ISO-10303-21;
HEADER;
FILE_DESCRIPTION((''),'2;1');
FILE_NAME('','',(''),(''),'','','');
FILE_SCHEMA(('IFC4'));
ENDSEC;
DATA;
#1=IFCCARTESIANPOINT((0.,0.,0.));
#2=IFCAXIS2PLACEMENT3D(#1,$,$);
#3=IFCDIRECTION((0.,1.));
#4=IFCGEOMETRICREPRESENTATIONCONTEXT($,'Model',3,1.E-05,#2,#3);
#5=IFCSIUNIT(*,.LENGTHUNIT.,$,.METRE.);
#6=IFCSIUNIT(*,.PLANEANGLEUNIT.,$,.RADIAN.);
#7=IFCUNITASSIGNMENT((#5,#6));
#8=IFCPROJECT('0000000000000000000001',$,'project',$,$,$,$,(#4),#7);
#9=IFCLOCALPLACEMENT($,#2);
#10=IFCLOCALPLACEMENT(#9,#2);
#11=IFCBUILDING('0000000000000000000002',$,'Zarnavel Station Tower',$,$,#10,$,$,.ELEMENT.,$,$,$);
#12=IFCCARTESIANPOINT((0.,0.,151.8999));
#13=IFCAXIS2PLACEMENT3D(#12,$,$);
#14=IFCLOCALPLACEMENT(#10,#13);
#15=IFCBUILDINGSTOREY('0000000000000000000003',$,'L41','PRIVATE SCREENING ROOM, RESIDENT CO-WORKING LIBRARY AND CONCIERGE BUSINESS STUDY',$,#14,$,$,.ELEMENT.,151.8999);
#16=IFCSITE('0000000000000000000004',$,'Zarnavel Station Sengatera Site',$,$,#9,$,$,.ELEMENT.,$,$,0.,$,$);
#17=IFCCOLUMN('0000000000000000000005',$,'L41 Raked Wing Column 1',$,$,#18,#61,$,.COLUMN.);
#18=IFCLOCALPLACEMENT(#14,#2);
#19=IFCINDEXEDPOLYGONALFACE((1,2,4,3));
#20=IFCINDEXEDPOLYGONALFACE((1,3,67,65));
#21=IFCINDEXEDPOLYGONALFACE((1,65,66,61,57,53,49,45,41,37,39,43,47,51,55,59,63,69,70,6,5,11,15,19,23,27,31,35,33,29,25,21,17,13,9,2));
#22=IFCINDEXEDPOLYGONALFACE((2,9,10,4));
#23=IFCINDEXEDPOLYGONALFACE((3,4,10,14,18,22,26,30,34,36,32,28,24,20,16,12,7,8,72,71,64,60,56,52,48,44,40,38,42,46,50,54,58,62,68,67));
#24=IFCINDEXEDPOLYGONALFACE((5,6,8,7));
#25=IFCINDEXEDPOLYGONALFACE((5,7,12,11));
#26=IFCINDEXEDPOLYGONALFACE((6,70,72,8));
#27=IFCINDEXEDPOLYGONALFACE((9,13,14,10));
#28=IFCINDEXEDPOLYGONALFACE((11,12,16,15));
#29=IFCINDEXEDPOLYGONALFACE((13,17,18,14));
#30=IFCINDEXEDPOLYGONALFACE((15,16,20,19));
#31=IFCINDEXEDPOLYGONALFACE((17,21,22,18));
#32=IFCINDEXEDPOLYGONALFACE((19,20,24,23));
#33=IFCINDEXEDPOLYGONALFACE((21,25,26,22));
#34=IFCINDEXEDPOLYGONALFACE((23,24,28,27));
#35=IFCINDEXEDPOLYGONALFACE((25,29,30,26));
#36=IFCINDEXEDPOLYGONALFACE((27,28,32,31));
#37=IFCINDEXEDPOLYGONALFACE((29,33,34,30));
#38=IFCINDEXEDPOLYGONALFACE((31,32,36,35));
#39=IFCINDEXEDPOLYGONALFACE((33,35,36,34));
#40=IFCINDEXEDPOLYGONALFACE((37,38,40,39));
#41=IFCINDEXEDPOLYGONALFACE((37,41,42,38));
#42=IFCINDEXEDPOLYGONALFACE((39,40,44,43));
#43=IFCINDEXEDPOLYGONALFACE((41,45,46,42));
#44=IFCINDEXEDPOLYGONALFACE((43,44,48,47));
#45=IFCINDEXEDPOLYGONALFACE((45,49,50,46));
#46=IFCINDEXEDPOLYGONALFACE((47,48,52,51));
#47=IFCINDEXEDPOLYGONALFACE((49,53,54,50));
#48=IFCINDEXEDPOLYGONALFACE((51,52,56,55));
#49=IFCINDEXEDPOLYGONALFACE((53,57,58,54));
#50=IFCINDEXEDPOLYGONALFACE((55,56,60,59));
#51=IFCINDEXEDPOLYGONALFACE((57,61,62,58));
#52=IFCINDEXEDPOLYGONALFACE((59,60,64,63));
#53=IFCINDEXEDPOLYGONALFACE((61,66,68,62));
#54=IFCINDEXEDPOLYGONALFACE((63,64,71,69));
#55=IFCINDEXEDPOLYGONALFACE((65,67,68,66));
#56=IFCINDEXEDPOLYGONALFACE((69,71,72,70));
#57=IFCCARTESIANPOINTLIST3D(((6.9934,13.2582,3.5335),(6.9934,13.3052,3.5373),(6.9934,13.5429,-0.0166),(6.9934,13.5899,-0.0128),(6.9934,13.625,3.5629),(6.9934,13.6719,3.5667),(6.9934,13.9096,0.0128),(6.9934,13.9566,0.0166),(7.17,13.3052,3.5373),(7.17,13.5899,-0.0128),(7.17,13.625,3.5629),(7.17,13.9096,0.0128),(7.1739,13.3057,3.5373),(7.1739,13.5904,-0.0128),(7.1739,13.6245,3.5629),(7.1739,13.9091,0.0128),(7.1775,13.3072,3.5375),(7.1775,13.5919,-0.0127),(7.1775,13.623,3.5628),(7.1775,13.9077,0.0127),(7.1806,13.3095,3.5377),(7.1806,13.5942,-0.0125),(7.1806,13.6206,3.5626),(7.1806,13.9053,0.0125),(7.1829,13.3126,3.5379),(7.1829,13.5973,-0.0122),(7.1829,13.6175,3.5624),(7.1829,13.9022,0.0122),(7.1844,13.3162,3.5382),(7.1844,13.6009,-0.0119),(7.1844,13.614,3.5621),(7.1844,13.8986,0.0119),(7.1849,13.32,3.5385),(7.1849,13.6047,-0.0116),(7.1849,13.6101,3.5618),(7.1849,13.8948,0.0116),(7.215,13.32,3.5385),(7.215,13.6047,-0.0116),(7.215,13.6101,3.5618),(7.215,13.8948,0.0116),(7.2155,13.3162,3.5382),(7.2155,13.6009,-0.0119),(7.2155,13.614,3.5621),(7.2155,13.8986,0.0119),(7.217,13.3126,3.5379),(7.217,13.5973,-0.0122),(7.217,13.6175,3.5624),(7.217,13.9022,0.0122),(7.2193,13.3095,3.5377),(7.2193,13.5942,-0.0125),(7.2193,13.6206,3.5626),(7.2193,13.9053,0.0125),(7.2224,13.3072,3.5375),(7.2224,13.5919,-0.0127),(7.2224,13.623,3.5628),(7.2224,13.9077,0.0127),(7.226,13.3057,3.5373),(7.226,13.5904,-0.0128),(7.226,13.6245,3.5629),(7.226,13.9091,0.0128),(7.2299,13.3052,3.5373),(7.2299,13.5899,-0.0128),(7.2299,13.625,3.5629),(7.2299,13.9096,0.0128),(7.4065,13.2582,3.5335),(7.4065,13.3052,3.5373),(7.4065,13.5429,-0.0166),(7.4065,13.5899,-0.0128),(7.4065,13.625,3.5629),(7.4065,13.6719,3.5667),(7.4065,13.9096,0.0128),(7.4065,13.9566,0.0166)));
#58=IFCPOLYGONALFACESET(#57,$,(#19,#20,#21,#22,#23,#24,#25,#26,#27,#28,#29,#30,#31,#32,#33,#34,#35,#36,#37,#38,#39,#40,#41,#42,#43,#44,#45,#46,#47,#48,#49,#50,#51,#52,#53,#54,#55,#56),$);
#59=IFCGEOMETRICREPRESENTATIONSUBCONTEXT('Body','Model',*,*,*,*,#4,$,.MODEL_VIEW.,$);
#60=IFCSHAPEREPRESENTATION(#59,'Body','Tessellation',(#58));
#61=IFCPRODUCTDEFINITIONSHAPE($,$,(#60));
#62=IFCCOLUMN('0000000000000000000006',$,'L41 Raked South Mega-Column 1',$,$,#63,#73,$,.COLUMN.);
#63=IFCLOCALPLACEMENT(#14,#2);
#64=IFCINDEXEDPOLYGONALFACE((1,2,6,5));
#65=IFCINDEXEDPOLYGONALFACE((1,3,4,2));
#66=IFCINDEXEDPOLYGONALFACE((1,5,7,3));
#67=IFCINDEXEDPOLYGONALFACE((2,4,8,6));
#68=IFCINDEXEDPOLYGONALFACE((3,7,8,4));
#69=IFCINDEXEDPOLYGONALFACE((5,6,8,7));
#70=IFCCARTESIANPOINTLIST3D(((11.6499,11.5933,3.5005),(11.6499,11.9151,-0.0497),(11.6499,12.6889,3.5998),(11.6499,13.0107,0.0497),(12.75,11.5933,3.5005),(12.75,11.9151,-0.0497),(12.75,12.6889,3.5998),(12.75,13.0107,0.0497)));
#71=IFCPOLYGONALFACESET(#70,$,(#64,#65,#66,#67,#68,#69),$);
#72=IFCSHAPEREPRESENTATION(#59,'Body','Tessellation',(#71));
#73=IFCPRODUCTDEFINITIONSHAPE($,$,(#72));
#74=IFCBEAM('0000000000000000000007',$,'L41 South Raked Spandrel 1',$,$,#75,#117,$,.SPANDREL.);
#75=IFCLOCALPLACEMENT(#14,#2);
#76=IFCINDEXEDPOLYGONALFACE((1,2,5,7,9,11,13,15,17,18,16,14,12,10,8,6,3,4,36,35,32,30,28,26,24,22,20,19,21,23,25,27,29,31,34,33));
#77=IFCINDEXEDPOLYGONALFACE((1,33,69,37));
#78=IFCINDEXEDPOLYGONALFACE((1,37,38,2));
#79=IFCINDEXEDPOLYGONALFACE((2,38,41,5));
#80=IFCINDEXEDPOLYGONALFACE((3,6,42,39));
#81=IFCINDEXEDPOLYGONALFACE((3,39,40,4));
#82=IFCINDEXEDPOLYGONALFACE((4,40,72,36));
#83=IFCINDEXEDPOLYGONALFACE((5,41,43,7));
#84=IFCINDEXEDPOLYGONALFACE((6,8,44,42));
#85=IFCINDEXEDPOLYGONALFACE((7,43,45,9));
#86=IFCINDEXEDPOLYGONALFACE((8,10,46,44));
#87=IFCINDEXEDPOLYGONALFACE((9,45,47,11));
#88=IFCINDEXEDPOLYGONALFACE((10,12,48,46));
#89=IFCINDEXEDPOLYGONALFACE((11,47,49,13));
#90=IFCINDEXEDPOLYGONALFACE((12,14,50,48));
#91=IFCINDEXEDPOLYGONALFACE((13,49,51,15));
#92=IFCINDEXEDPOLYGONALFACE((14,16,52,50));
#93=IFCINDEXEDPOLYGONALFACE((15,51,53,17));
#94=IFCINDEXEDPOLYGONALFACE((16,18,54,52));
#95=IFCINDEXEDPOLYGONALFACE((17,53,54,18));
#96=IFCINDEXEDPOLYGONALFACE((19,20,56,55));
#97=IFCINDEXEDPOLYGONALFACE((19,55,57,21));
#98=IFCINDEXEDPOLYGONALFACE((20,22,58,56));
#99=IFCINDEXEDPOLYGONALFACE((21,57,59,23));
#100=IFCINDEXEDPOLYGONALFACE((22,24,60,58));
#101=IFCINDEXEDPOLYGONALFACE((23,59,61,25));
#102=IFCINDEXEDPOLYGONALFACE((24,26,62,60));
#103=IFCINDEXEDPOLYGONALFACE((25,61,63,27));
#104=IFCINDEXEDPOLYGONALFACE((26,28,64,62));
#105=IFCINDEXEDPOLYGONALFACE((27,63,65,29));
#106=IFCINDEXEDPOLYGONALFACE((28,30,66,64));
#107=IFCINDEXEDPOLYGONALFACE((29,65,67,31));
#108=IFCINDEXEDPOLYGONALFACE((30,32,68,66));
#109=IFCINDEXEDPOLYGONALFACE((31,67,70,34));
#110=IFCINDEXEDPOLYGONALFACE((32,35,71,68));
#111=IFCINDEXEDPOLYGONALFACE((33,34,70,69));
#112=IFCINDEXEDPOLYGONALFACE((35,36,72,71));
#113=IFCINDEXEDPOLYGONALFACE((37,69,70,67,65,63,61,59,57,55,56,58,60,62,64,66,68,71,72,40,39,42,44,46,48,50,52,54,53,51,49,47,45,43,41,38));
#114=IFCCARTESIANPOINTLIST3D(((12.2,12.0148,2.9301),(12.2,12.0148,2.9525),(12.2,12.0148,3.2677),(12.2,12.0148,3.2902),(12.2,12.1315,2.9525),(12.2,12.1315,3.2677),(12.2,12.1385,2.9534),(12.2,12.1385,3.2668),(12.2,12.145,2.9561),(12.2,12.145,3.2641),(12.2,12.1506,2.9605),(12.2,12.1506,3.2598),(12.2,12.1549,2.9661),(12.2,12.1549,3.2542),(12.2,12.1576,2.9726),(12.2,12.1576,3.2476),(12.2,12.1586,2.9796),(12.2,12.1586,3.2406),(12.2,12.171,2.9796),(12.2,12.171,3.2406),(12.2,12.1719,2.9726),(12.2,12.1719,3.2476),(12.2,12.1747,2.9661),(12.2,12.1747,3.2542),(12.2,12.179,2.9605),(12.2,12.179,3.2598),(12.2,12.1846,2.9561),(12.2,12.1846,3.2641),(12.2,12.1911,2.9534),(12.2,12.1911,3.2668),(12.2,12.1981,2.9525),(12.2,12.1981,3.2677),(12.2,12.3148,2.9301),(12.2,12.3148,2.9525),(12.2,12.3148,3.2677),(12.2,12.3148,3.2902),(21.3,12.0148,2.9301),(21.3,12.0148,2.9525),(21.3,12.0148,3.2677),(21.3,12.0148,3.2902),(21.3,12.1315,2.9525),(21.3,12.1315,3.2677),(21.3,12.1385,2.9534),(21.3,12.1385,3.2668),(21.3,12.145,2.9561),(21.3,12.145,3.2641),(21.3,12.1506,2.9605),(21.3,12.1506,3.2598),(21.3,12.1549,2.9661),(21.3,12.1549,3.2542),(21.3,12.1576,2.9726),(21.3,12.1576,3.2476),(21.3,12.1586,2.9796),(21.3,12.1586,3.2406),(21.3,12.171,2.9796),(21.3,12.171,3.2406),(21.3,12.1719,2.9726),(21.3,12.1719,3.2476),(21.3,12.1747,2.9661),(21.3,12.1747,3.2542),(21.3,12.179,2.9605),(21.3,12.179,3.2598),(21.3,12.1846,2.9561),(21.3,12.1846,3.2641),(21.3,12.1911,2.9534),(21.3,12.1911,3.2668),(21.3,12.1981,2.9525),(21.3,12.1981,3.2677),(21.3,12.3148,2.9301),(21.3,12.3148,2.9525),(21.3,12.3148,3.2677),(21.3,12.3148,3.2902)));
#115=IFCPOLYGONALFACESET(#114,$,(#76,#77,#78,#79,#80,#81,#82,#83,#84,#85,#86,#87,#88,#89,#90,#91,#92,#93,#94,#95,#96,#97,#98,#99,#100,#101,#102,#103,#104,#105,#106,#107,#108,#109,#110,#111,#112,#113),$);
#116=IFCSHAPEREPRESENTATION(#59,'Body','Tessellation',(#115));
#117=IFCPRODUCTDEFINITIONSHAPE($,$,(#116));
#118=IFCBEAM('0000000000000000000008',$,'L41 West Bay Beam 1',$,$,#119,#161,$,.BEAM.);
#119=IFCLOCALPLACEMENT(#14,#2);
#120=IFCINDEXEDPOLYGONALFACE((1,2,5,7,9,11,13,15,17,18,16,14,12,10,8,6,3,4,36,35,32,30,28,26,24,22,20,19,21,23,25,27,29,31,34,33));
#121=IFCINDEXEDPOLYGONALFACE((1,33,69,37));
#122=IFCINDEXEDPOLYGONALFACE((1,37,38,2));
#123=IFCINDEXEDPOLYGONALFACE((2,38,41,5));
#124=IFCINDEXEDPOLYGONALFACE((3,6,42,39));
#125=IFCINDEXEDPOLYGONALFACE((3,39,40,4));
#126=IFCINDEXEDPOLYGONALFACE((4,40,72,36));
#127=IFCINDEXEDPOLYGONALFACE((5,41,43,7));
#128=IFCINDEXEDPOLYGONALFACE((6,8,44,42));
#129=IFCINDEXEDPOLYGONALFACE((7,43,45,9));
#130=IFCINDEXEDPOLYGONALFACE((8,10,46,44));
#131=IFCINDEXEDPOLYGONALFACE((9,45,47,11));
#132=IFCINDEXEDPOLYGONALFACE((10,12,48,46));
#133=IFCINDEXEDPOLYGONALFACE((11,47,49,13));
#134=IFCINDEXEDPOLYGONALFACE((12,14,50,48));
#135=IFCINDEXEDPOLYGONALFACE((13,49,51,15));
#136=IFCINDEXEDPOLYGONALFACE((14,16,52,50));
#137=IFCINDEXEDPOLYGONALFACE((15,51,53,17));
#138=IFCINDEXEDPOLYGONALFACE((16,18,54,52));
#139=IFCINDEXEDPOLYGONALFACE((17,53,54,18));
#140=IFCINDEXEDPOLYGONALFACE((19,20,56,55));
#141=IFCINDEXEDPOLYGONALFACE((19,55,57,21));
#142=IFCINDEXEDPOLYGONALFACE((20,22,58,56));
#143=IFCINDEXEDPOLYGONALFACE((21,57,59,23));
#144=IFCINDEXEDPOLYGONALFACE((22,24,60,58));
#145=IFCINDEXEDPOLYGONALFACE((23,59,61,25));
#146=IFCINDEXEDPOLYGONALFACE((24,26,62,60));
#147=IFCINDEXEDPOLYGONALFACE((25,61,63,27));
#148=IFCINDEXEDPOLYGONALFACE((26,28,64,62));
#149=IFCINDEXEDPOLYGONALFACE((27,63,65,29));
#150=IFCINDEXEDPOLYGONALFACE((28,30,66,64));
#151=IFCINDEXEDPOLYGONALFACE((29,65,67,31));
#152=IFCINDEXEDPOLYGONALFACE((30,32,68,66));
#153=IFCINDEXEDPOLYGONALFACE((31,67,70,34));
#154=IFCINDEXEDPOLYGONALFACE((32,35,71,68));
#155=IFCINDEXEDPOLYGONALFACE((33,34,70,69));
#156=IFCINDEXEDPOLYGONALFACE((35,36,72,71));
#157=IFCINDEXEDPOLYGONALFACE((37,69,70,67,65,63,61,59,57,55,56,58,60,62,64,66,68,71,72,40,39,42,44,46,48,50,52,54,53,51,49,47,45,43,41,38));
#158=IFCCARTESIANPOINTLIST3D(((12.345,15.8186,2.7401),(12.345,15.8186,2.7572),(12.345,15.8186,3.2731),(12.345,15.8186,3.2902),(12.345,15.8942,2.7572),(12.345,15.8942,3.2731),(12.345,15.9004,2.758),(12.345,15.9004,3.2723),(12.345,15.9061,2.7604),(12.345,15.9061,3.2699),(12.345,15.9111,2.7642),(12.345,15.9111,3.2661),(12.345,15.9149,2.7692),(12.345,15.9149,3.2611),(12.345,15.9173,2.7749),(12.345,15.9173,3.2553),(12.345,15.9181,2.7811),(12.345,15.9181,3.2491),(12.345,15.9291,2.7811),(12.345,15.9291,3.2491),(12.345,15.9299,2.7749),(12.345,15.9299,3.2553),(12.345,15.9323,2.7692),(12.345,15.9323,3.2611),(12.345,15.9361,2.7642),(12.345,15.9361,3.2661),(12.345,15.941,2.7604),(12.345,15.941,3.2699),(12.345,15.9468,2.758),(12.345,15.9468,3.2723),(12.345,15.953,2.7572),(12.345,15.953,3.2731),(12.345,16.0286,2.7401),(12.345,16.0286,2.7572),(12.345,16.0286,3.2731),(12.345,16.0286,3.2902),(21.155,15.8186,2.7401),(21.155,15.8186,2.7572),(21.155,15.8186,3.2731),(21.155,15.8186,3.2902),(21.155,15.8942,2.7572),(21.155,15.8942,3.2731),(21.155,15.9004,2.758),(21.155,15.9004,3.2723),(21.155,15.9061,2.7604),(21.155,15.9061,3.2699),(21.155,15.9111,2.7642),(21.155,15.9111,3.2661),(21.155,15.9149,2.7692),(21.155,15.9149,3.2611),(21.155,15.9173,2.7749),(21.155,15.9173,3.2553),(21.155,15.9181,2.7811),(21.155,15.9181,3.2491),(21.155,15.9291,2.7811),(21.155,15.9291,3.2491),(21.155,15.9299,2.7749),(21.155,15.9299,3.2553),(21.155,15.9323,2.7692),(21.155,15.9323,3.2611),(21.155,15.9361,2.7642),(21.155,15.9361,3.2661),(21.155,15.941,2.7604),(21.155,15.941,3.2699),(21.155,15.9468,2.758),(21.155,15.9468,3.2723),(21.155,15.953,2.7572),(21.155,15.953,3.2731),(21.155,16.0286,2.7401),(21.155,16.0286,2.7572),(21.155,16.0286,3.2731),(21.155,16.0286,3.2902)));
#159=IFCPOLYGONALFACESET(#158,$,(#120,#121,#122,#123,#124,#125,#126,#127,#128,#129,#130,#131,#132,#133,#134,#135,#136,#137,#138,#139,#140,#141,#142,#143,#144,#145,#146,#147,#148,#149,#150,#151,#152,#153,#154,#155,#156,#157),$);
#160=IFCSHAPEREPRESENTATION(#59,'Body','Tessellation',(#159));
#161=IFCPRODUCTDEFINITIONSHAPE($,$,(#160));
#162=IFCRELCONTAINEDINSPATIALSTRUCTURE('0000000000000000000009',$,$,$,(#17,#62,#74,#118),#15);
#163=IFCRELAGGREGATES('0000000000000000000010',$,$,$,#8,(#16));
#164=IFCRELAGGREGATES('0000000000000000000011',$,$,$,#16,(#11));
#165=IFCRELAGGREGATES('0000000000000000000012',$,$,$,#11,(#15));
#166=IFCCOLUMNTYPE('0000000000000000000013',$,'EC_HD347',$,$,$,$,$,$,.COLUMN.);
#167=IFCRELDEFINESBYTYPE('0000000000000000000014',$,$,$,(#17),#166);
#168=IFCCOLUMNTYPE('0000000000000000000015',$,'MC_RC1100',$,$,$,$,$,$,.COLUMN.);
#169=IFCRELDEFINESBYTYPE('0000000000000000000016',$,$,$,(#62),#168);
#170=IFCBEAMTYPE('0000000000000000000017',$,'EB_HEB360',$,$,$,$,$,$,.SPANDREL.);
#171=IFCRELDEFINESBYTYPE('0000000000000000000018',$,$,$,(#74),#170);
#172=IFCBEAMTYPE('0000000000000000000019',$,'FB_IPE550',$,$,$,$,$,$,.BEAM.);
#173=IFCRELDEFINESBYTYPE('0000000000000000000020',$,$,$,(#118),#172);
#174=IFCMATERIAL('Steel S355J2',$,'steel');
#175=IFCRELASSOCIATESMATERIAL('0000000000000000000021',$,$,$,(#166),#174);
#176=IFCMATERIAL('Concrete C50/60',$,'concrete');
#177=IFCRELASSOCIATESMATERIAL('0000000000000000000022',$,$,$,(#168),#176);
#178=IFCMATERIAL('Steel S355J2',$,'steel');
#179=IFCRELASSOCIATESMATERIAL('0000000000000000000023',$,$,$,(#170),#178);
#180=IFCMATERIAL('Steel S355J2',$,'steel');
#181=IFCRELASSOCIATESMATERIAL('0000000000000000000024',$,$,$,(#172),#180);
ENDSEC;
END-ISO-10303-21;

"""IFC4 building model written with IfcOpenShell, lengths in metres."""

from ifc_helpers import new_model, si_unit, direction, frame, origin, origin_2d, place, context, subcontext, project, spatial, rectangle, i_section, extrude, material, material_profile, profile_set, type_object, element, save


model = new_model("IFC4")

# Units and contexts
model_context = context("Model", 3, precision=1e-05, world=origin(), true_north=direction((0.0, 1.0)))
body_context = subcontext(model_context, "Body", "Model", "MODEL_VIEW")
ifc_project = project(units=[si_unit("LENGTHUNIT", "METRE"), si_unit("PLANEANGLEUNIT", "RADIAN")], contexts=[model_context])

# Site, building, storey
site_placement = place(None, origin())
site = spatial("IfcSite", under=ifc_project, at=site_placement, Name="Zarnavel Station Sengatera Site", CompositionType="ELEMENT", RefElevation=0.0)
building_placement = place(site_placement, origin())
building = spatial("IfcBuilding", under=site, at=building_placement, Name="Zarnavel Station Tower", CompositionType="ELEMENT")
storey_placement = place(building_placement, frame((0.0, 0.0, 151.8999)))
storey = spatial("IfcBuildingStorey", under=building, at=storey_placement, Name="L41", Description="PRIVATE SCREENING ROOM, RESIDENT CO-WORKING LIBRARY AND CONCIERGE BUSINESS STUDY", CompositionType="ELEMENT", Elevation=151.8999)

# Columns
ifc_material_1 = material(Name="Steel S355J2", Category="steel")
ifc_material_profile_1 = material_profile(ifc_material_1, i_section(OverallWidth=0.4131, OverallDepth=0.415, WebThickness=0.03, FlangeThickness=0.0471, FilletRadius=0.0149, at=origin_2d()), Name="HD400x347")
ifc_profile_set_1 = profile_set([ifc_material_profile_1], Name="Steel S355J2")
column_type_1 = type_object("IfcColumnType", Name="EC_HD347", PredefinedType="COLUMN", material=ifc_profile_set_1)
column_1_placement = place(storey_placement, frame((7.2, 13.7498, 0.0), z_axis=(0.0, -0.07993, 0.9968), x_axis=(1.0, 0.0, 0.0)))
element("IfcColumn", 1, at=column_1_placement, inside=storey, type_object=column_type_1, Name="L41 Raked Wing Column 1", PredefinedType="COLUMN", context=body_context, shape_type="SweptSolid", body=[
    extrude(i_section(OverallWidth=0.4131, OverallDepth=0.415, WebThickness=0.03, FlangeThickness=0.0471, FilletRadius=0.0149, at=origin_2d()), origin(), (0.0, 0.0, 1.0), 3.5615),
])
ifc_material_2 = material(Name="Concrete C50/60", Category="concrete")
ifc_material_profile_2 = material_profile(ifc_material_2, rectangle(XDim=1.1001, YDim=1.1001, at=origin_2d()), Name="RC1100x1100")
ifc_profile_set_2 = profile_set([ifc_material_profile_2], Name="Concrete C50/60")
column_type_2 = type_object("IfcColumnType", Name="MC_RC1100", PredefinedType="COLUMN", material=ifc_profile_set_2)
column_2_placement = place(storey_placement, frame((12.2, 12.4629, 0.0), z_axis=(0.0, -0.09027, 0.995917), x_axis=(1.0, 0.0, 0.0)))
element("IfcColumn", 2, at=column_2_placement, inside=storey, type_object=column_type_2, Name="L41 Raked South Mega-Column 1", PredefinedType="COLUMN", context=body_context, shape_type="SweptSolid", body=[
    extrude(rectangle(XDim=1.1001, YDim=1.1001, at=origin_2d()), origin(), (0.0, 0.0, 1.0), 3.5647),
])

# Beams
ifc_material_3 = material(Name="Steel S355J2", Category="steel")
ifc_material_profile_3 = material_profile(ifc_material_3, i_section(OverallWidth=0.3, OverallDepth=0.3601, WebThickness=0.0125, FlangeThickness=0.0225, FilletRadius=0.0271, at=origin_2d()), Name="HEB360")
ifc_profile_set_3 = profile_set([ifc_material_profile_3], Name="Steel S355J2")
beam_type_1 = type_object("IfcBeamType", Name="EB_HEB360", PredefinedType="SPANDREL", material=ifc_profile_set_3)
beam_1_placement = place(storey_placement, frame((12.2, 12.1648, 3.1101), z_axis=(1.0, 0.0, 0.0), x_axis=(0.0, 1.0, 0.0)))
element("IfcBeam", 3, at=beam_1_placement, inside=storey, type_object=beam_type_1, Name="L41 South Raked Spandrel 1", PredefinedType="SPANDREL", context=body_context, shape_type="SweptSolid", body=[
    extrude(i_section(OverallWidth=0.3, OverallDepth=0.3601, WebThickness=0.0125, FlangeThickness=0.0225, FilletRadius=0.0271, at=origin_2d()), origin(), (0.0, 0.0, 1.0), 9.1001),
])
ifc_material_4 = material(Name="Steel S355J2", Category="steel")
ifc_material_profile_4 = material_profile(ifc_material_4, i_section(OverallWidth=0.21, OverallDepth=0.55, WebThickness=0.011, FlangeThickness=0.0171, FilletRadius=0.0239, at=origin_2d()), Name="IPE550")
ifc_profile_set_4 = profile_set([ifc_material_profile_4], Name="Steel S355J2")
beam_type_2 = type_object("IfcBeamType", Name="FB_IPE550", PredefinedType="BEAM", material=ifc_profile_set_4)
beam_2_placement = place(storey_placement, frame((12.345, 15.9236, 3.0151), z_axis=(1.0, 0.0, 0.0), x_axis=(0.0, 1.0, 0.0)))
element("IfcBeam", 4, at=beam_2_placement, inside=storey, type_object=beam_type_2, Name="L41 West Bay Beam 1", PredefinedType="BEAM", context=body_context, shape_type="SweptSolid", body=[
    extrude(i_section(OverallWidth=0.21, OverallDepth=0.55, WebThickness=0.011, FlangeThickness=0.0171, FilletRadius=0.0239, at=origin_2d()), origin(), (0.0, 0.0, 1.0), 8.8101),
])

save(model, "model.ifc")
